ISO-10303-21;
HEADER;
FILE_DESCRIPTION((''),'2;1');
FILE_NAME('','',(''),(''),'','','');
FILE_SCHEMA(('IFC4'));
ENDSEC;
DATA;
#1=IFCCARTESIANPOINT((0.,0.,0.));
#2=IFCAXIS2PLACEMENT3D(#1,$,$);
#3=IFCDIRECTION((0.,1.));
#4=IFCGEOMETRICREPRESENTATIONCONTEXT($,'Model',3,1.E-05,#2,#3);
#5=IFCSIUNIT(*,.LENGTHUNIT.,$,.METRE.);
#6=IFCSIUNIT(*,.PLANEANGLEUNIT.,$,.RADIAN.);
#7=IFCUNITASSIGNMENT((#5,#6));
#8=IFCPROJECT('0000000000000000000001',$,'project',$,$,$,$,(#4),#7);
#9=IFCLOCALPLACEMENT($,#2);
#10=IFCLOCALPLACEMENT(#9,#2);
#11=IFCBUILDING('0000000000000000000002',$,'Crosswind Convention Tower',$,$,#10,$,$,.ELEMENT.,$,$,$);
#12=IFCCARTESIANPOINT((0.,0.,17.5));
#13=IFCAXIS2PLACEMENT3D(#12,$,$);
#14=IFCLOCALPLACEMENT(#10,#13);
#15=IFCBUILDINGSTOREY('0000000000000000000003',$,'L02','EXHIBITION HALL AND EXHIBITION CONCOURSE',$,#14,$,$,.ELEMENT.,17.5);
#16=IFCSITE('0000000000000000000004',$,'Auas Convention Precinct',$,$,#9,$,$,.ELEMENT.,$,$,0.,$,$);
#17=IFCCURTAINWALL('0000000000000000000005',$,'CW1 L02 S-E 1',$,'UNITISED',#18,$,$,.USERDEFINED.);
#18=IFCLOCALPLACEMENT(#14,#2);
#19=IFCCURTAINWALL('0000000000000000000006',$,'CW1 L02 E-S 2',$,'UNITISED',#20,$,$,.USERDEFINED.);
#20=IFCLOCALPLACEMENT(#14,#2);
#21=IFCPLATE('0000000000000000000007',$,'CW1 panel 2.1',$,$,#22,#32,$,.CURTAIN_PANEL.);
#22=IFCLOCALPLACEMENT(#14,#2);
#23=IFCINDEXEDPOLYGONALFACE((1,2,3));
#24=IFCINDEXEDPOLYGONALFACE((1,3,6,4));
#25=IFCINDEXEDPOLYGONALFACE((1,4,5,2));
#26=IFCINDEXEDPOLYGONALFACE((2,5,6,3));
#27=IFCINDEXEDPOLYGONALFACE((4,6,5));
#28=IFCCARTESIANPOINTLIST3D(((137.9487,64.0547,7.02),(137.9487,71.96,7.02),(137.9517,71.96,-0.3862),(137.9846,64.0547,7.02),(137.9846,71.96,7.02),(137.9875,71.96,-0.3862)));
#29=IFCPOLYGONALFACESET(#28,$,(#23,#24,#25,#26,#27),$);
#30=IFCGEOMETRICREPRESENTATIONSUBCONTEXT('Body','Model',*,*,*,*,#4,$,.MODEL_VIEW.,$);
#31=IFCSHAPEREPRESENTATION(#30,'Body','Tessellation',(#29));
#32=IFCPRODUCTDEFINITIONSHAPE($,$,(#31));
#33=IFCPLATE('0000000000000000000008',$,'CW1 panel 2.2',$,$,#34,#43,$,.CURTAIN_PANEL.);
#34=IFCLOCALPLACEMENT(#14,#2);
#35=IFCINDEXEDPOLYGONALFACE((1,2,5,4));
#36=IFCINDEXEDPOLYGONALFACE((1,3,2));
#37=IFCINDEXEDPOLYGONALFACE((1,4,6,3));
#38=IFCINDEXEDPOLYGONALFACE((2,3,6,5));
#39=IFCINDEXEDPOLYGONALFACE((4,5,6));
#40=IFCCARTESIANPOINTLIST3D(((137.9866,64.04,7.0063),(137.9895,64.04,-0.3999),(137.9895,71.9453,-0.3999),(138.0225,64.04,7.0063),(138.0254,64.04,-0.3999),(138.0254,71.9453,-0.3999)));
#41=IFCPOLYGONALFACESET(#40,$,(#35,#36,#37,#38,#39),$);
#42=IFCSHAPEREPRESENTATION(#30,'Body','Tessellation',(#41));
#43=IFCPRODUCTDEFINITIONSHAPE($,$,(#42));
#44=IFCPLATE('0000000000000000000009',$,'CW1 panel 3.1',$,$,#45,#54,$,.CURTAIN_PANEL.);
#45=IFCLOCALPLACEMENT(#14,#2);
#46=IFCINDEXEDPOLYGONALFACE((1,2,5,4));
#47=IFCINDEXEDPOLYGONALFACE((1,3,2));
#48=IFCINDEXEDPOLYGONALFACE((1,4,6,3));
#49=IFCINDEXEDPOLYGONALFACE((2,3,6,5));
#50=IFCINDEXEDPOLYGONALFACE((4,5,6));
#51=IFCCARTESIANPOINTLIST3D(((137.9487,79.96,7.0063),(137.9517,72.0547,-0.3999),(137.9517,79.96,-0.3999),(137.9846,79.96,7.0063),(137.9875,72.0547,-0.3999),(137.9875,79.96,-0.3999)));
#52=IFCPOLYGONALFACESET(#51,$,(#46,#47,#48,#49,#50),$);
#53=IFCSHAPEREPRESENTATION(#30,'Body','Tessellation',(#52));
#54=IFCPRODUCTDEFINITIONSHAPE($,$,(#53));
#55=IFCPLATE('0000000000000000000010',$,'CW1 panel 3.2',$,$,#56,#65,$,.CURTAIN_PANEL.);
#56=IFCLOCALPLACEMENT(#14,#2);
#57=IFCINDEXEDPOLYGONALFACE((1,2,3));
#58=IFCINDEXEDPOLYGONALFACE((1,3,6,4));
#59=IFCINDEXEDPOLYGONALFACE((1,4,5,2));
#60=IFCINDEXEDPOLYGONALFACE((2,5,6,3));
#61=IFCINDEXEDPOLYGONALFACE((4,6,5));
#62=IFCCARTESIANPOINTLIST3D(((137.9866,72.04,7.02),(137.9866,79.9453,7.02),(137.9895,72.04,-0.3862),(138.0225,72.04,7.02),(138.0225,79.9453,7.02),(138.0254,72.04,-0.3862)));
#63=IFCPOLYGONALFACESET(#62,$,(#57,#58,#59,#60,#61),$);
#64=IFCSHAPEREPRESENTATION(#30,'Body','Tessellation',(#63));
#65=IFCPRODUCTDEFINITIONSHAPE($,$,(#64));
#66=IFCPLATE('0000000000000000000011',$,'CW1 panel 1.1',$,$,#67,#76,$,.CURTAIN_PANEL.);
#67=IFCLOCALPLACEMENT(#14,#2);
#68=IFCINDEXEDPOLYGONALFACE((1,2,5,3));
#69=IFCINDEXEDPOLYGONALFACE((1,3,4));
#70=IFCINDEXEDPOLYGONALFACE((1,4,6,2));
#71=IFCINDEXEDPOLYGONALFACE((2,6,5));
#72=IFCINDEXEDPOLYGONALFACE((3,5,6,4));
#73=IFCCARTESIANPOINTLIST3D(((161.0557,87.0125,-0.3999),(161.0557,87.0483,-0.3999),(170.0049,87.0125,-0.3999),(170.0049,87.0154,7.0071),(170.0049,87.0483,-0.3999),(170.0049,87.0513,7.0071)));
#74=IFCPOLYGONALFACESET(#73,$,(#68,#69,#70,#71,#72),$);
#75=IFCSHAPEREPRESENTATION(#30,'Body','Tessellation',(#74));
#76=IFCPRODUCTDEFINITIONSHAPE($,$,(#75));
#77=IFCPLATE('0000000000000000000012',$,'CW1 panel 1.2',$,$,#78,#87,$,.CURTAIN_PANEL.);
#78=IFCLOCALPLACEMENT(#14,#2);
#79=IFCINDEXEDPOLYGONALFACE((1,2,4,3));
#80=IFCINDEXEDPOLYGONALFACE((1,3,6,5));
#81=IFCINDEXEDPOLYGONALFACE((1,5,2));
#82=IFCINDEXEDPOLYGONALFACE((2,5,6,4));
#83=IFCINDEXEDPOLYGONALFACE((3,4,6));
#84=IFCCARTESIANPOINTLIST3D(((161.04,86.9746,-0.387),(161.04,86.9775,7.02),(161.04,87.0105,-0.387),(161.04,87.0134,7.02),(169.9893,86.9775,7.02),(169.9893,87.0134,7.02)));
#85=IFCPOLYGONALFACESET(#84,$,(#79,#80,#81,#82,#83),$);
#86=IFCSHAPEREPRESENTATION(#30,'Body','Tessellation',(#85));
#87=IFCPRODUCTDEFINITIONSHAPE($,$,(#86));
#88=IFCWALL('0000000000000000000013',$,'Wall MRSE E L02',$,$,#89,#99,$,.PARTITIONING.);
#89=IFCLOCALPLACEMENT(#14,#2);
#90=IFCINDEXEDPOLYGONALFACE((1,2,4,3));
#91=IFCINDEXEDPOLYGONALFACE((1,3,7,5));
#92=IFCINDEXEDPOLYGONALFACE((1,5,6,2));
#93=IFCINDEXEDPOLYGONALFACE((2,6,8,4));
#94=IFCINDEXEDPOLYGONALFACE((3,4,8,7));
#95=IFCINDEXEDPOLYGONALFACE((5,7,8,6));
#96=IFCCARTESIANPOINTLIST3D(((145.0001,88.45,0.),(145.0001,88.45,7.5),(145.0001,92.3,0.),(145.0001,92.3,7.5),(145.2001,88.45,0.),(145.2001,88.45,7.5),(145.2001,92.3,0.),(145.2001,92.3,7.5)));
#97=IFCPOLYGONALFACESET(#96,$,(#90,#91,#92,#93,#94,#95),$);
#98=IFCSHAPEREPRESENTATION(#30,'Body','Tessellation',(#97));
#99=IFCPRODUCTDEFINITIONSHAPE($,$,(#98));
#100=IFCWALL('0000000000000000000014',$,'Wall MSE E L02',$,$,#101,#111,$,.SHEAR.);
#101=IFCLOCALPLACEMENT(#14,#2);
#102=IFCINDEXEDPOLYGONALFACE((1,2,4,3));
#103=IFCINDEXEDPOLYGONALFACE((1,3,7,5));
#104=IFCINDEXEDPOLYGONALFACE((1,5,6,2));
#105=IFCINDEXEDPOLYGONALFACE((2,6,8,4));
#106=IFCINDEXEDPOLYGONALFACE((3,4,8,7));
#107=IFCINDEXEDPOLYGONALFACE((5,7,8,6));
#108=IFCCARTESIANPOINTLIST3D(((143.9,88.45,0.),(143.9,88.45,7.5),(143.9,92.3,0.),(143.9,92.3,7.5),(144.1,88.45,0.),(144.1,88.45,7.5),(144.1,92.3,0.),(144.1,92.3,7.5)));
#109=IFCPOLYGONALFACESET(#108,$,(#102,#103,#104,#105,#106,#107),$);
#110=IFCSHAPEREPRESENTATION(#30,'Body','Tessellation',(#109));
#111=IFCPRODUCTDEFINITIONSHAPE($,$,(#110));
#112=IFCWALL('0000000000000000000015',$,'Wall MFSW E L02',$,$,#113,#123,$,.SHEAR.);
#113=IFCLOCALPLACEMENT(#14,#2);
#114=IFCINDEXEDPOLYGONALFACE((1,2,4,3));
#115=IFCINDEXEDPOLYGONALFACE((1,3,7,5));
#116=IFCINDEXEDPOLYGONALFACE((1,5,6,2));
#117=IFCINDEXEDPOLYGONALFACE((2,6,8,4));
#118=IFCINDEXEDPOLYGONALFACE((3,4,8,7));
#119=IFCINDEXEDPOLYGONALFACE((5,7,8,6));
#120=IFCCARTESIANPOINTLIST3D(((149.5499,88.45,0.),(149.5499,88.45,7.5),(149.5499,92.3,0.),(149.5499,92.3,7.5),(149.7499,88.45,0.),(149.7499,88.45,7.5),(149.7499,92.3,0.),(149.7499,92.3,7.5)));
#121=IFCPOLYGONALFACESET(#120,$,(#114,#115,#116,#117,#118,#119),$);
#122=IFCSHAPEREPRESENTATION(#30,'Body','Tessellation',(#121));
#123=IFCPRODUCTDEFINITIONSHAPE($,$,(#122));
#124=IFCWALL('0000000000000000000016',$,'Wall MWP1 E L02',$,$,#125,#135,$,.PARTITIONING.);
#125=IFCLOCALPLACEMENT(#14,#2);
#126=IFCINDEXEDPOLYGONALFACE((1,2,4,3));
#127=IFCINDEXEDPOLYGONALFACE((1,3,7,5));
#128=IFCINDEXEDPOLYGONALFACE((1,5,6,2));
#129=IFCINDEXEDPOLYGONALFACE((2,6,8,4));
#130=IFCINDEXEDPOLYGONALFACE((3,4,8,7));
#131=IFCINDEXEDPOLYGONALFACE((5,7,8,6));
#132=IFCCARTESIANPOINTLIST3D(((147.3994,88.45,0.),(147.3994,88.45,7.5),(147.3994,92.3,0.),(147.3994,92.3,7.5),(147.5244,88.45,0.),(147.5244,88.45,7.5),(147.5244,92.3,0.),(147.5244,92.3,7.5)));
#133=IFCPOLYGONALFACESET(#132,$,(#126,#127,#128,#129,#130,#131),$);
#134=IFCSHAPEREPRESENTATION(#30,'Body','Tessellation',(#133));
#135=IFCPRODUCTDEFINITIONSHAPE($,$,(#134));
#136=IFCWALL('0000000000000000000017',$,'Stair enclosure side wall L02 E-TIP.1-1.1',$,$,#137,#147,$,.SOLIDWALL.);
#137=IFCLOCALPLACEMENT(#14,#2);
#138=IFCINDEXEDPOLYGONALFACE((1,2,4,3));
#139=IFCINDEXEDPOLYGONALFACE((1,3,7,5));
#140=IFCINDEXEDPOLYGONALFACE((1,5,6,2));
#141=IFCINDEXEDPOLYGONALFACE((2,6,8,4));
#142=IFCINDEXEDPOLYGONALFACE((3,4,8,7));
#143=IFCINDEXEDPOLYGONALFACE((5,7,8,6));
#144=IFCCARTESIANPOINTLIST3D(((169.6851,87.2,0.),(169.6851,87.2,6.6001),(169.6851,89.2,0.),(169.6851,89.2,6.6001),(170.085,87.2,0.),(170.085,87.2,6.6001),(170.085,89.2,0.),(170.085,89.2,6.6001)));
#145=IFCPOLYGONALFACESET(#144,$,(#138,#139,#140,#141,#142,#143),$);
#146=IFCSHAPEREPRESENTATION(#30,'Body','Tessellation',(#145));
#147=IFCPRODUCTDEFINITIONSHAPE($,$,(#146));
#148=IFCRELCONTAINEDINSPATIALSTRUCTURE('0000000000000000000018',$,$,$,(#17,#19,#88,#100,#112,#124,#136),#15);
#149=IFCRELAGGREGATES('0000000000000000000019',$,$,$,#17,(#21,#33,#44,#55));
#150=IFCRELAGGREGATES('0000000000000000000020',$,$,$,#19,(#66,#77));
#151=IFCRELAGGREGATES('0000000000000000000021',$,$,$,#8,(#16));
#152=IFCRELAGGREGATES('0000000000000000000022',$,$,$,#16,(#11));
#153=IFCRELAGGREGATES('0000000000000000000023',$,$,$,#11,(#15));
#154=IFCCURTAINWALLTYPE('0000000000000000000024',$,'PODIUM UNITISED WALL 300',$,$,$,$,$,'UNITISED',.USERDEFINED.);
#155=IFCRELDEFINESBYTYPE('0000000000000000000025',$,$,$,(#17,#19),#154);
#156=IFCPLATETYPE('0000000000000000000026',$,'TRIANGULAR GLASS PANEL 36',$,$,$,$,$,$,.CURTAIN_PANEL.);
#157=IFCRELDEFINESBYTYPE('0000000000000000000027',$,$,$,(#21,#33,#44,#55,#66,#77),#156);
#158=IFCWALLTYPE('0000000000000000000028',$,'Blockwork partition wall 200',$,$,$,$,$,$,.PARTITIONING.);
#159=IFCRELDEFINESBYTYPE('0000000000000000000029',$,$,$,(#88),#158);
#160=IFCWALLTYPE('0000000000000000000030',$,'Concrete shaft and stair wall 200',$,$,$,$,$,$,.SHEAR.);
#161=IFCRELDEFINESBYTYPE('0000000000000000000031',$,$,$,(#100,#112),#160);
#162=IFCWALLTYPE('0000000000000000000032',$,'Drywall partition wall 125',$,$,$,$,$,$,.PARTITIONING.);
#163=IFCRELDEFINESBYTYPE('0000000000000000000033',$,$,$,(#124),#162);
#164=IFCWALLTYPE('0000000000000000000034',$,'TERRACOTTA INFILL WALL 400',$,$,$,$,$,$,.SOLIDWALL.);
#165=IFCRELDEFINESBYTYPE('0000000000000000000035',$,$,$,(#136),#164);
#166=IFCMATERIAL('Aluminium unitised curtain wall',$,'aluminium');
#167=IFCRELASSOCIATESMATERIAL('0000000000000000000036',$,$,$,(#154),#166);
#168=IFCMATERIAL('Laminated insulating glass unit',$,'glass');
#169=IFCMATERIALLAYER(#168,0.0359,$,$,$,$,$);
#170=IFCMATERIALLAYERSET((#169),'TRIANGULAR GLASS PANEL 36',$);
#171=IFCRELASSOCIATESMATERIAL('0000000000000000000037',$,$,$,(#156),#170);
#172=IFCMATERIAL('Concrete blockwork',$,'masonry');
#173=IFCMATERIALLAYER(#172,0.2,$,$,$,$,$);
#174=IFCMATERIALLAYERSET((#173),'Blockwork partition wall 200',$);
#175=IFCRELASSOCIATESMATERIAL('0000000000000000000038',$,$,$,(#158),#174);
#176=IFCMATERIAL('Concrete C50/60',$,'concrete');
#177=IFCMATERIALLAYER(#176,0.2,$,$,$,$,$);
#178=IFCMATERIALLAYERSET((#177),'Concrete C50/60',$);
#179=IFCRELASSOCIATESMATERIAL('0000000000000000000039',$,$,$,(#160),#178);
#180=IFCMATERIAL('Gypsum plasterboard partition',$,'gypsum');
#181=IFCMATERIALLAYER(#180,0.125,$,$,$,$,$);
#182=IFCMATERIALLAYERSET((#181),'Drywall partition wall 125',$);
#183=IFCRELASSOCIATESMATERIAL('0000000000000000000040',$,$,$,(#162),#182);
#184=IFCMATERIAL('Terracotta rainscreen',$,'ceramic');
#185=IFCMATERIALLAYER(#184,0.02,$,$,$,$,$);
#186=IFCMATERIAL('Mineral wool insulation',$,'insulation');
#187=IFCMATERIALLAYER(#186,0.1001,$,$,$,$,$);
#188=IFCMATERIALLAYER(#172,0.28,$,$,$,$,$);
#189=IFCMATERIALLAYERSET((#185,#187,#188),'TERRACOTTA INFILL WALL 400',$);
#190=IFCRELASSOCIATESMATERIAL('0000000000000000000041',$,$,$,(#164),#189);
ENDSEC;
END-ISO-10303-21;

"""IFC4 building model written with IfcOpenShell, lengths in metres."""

from ifc_helpers import new_model, si_unit, direction, frame, frame_2d, origin, place, context, subcontext, project, spatial, polyline, rectangle, outline, extrude, material, layer, layer_set, type_object, element, aggregate, save


model = new_model("IFC4")

# Units and contexts
model_context = context("Model", 3, precision=1e-05, world=origin(), true_north=direction((0.0, 1.0)))
body_context = subcontext(model_context, "Body", "Model", "MODEL_VIEW")
ifc_project = project(units=[si_unit("LENGTHUNIT", "METRE"), si_unit("PLANEANGLEUNIT", "RADIAN")], contexts=[model_context])

# Site, building, storey
site_placement = place(None, origin())
site = spatial("IfcSite", under=ifc_project, at=site_placement, Name="Auas Convention Precinct", CompositionType="ELEMENT", RefElevation=0.0)
building_placement = place(site_placement, origin())
building = spatial("IfcBuilding", under=site, at=building_placement, Name="Crosswind Convention Tower", CompositionType="ELEMENT")
storey_placement = place(building_placement, frame((0.0, 0.0, 17.5)))
storey = spatial("IfcBuildingStorey", under=building, at=storey_placement, Name="L02", Description="EXHIBITION HALL AND EXHIBITION CONCOURSE", CompositionType="ELEMENT", Elevation=17.5)

# Curtain walls
ifc_material_1 = material(Name="Aluminium unitised curtain wall", Category="aluminium")
curtain_wall_type_1 = type_object("IfcCurtainWallType", Name="PODIUM UNITISED WALL 300", ElementType="UNITISED", PredefinedType="USERDEFINED", material=ifc_material_1)
curtain_wall_1_placement = place(storey_placement, origin())
curtain_wall_1 = element("IfcCurtainWall", 1, at=curtain_wall_1_placement, inside=storey, type_object=curtain_wall_type_1, Name="CW1 L02 S-E 1", ObjectType="UNITISED", PredefinedType="USERDEFINED")
curtain_wall_2_placement = place(storey_placement, origin())
curtain_wall_2 = element("IfcCurtainWall", 2, at=curtain_wall_2_placement, inside=storey, type_object=curtain_wall_type_1, Name="CW1 L02 E-S 2", ObjectType="UNITISED", PredefinedType="USERDEFINED")

# Plates
ifc_material_2 = material(Name="Laminated insulating glass unit", Category="glass")
ifc_layer_1 = layer(ifc_material_2, 0.0359)
ifc_layer_set_1 = layer_set([ifc_layer_1], Name="TRIANGULAR GLASS PANEL 36")
plate_type_1 = type_object("IfcPlateType", Name="TRIANGULAR GLASS PANEL 36", PredefinedType="CURTAIN_PANEL", material=ifc_layer_set_1)
plate_1_placement = place(storey_placement, frame((137.9846, 71.96, 7.02), z_axis=(1.0, 0.0, 0.000396), x_axis=(0.0, -1.0, 0.0)))
plate_1 = element("IfcPlate", 3, at=plate_1_placement, type_object=plate_type_1, Name="CW1 panel 2.1", PredefinedType="CURTAIN_PANEL", context=body_context, shape_type="SweptSolid", body=[
    extrude(outline(polyline([(0.0, 0.0), (7.9053, 0.0), (0.0, 7.4063), (0.0, 0.0)])), origin(), (0.0, 0.0, -1.0), 0.0359),
])
plate_2_placement = place(storey_placement, frame((138.0254, 64.04, -0.3999), z_axis=(1.0, 0.0, 0.000396), x_axis=(0.0, 1.0, 0.0)))
plate_2 = element("IfcPlate", 4, at=plate_2_placement, type_object=plate_type_1, Name="CW1 panel 2.2", PredefinedType="CURTAIN_PANEL", context=body_context, shape_type="SweptSolid", body=[
    extrude(outline(polyline([(0.0, 0.0), (7.9053, 0.0), (0.0, 7.4063), (0.0, 0.0)])), origin(), (0.0, 0.0, -1.0), 0.0359),
])
plate_3_placement = place(storey_placement, frame((137.9875, 79.96, -0.3999), z_axis=(1.0, 0.0, 0.000396), x_axis=(-0.000396, 0.0, 1.0)))
plate_3 = element("IfcPlate", 5, at=plate_3_placement, type_object=plate_type_1, Name="CW1 panel 3.1", PredefinedType="CURTAIN_PANEL", context=body_context, shape_type="SweptSolid", body=[
    extrude(outline(polyline([(0.0, 0.0), (7.4063, 0.0), (0.0, 7.9053), (0.0, 0.0)])), origin(), (0.0, 0.0, -1.0), 0.0359),
])
plate_4_placement = place(storey_placement, frame((138.0225, 72.04, 7.02), z_axis=(1.0, 0.0, 0.000396), x_axis=(0.000396, 0.0, -1.0)))
plate_4 = element("IfcPlate", 6, at=plate_4_placement, type_object=plate_type_1, Name="CW1 panel 3.2", PredefinedType="CURTAIN_PANEL", context=body_context, shape_type="SweptSolid", body=[
    extrude(outline(polyline([(0.0, 0.0), (7.4063, 0.0), (0.0, 7.9053), (0.0, 0.0)])), origin(), (0.0, 0.0, -1.0), 0.0359),
])
plate_5_placement = place(storey_placement, frame((170.0049, 87.0125, -0.3999), z_axis=(0.0, -1.0, 0.000396), x_axis=(0.0, 0.000396, 1.0)))
plate_5 = element("IfcPlate", 7, at=plate_5_placement, type_object=plate_type_1, Name="CW1 panel 1.1", PredefinedType="CURTAIN_PANEL", context=body_context, shape_type="SweptSolid", body=[
    extrude(outline(polyline([(0.0, 0.0), (7.407, 0.0), (0.0, 8.9492), (0.0, 0.0)])), origin(), (0.0, 0.0, -1.0), 0.0359),
])
plate_6_placement = place(storey_placement, frame((161.04, 86.9775, 7.02), z_axis=(0.0, -1.0, 0.000396), x_axis=(0.0, -0.000396, -1.0)))
plate_6 = element("IfcPlate", 8, at=plate_6_placement, type_object=plate_type_1, Name="CW1 panel 1.2", PredefinedType="CURTAIN_PANEL", context=body_context, shape_type="SweptSolid", body=[
    extrude(outline(polyline([(0.0, 0.0), (7.407, 0.0), (0.0, 8.9492), (0.0, 0.0)])), origin(), (0.0, 0.0, -1.0), 0.0359),
])

# Walls
ifc_material_3 = material(Name="Concrete blockwork", Category="masonry")
ifc_layer_2 = layer(ifc_material_3, 0.2)
ifc_layer_set_2 = layer_set([ifc_layer_2], Name="Blockwork partition wall 200")
wall_type_1 = type_object("IfcWallType", Name="Blockwork partition wall 200", PredefinedType="PARTITIONING", material=ifc_layer_set_2)
wall_1_placement = place(storey_placement, frame((145.1001, 88.45, 0.0), z_axis=(0.0, 0.0, 1.0), x_axis=(0.0, 1.0, 0.0)))
element("IfcWall", 9, at=wall_1_placement, inside=storey, type_object=wall_type_1, Name="Wall MRSE E L02", PredefinedType="PARTITIONING", context=body_context, shape_type="SweptSolid", body=[
    extrude(rectangle(XDim=3.8501, YDim=0.2, at=frame_2d((1.925, 0.0))), origin(), (0.0, 0.0, 1.0), 7.5),
])
ifc_material_4 = material(Name="Concrete C50/60", Category="concrete")
ifc_layer_3 = layer(ifc_material_4, 0.2)
ifc_layer_set_3 = layer_set([ifc_layer_3], Name="Concrete C50/60")
wall_type_2 = type_object("IfcWallType", Name="Concrete shaft and stair wall 200", PredefinedType="SHEAR", material=ifc_layer_set_3)
for number, where, z_axis, x_axis, name in (
    (10, (144.0, 88.45, 0.0), (0.0, 0.0, 1.0), (0.0, 1.0, 0.0), "Wall MSE E L02"),
    (11, (149.6499, 88.45, 0.0), (0.0, 0.0, 1.0), (0.0, 1.0, 0.0), "Wall MFSW E L02"),
):
    element("IfcWall", number, at=place(storey_placement, frame(where, z_axis=z_axis, x_axis=x_axis)), inside=storey, type_object=wall_type_2, Name=name, PredefinedType="SHEAR", context=body_context, shape_type="SweptSolid", body=[
        extrude(rectangle(XDim=3.8501, YDim=0.2, at=frame_2d((1.925, 0.0))), origin(), (0.0, 0.0, 1.0), 7.5),
    ])
ifc_material_5 = material(Name="Gypsum plasterboard partition", Category="gypsum")
ifc_layer_4 = layer(ifc_material_5, 0.125)
ifc_layer_set_4 = layer_set([ifc_layer_4], Name="Drywall partition wall 125")
wall_type_3 = type_object("IfcWallType", Name="Drywall partition wall 125", PredefinedType="PARTITIONING", material=ifc_layer_set_4)
wall_2_placement = place(storey_placement, frame((147.4619, 88.45, 0.0), z_axis=(0.0, 0.0, 1.0), x_axis=(0.0, 1.0, 0.0)))
element("IfcWall", 12, at=wall_2_placement, inside=storey, type_object=wall_type_3, Name="Wall MWP1 E L02", PredefinedType="PARTITIONING", context=body_context, shape_type="SweptSolid", body=[
    extrude(rectangle(XDim=3.8501, YDim=0.125, at=frame_2d((1.925, 0.0))), origin(), (0.0, 0.0, 1.0), 7.5),
])
ifc_material_6 = material(Name="Terracotta rainscreen", Category="ceramic")
ifc_layer_5 = layer(ifc_material_6, 0.02)
ifc_material_7 = material(Name="Mineral wool insulation", Category="insulation")
ifc_layer_6 = layer(ifc_material_7, 0.1001)
ifc_layer_7 = layer(ifc_material_3, 0.28)
ifc_layer_set_5 = layer_set([ifc_layer_5, ifc_layer_6, ifc_layer_7], Name="TERRACOTTA INFILL WALL 400")
wall_type_4 = type_object("IfcWallType", Name="TERRACOTTA INFILL WALL 400", PredefinedType="SOLIDWALL", material=ifc_layer_set_5)
wall_3_placement = place(storey_placement, frame((169.885, 87.2, 0.0), z_axis=(0.0, 0.0, 1.0), x_axis=(0.0, 1.0, 0.0)))
element("IfcWall", 13, at=wall_3_placement, inside=storey, type_object=wall_type_4, Name="Stair enclosure side wall L02 E-TIP.1-1.1", PredefinedType="SOLIDWALL", context=body_context, shape_type="SweptSolid", body=[
    extrude(rectangle(XDim=2.0, YDim=0.3999, at=frame_2d((1.0, 0.0))), origin(), (0.0, 0.0, 1.0), 6.6001),
])

aggregate(curtain_wall_1, [plate_1, plate_2, plate_3, plate_4])
aggregate(curtain_wall_2, [plate_5, plate_6])

save(model, "model.ifc")
